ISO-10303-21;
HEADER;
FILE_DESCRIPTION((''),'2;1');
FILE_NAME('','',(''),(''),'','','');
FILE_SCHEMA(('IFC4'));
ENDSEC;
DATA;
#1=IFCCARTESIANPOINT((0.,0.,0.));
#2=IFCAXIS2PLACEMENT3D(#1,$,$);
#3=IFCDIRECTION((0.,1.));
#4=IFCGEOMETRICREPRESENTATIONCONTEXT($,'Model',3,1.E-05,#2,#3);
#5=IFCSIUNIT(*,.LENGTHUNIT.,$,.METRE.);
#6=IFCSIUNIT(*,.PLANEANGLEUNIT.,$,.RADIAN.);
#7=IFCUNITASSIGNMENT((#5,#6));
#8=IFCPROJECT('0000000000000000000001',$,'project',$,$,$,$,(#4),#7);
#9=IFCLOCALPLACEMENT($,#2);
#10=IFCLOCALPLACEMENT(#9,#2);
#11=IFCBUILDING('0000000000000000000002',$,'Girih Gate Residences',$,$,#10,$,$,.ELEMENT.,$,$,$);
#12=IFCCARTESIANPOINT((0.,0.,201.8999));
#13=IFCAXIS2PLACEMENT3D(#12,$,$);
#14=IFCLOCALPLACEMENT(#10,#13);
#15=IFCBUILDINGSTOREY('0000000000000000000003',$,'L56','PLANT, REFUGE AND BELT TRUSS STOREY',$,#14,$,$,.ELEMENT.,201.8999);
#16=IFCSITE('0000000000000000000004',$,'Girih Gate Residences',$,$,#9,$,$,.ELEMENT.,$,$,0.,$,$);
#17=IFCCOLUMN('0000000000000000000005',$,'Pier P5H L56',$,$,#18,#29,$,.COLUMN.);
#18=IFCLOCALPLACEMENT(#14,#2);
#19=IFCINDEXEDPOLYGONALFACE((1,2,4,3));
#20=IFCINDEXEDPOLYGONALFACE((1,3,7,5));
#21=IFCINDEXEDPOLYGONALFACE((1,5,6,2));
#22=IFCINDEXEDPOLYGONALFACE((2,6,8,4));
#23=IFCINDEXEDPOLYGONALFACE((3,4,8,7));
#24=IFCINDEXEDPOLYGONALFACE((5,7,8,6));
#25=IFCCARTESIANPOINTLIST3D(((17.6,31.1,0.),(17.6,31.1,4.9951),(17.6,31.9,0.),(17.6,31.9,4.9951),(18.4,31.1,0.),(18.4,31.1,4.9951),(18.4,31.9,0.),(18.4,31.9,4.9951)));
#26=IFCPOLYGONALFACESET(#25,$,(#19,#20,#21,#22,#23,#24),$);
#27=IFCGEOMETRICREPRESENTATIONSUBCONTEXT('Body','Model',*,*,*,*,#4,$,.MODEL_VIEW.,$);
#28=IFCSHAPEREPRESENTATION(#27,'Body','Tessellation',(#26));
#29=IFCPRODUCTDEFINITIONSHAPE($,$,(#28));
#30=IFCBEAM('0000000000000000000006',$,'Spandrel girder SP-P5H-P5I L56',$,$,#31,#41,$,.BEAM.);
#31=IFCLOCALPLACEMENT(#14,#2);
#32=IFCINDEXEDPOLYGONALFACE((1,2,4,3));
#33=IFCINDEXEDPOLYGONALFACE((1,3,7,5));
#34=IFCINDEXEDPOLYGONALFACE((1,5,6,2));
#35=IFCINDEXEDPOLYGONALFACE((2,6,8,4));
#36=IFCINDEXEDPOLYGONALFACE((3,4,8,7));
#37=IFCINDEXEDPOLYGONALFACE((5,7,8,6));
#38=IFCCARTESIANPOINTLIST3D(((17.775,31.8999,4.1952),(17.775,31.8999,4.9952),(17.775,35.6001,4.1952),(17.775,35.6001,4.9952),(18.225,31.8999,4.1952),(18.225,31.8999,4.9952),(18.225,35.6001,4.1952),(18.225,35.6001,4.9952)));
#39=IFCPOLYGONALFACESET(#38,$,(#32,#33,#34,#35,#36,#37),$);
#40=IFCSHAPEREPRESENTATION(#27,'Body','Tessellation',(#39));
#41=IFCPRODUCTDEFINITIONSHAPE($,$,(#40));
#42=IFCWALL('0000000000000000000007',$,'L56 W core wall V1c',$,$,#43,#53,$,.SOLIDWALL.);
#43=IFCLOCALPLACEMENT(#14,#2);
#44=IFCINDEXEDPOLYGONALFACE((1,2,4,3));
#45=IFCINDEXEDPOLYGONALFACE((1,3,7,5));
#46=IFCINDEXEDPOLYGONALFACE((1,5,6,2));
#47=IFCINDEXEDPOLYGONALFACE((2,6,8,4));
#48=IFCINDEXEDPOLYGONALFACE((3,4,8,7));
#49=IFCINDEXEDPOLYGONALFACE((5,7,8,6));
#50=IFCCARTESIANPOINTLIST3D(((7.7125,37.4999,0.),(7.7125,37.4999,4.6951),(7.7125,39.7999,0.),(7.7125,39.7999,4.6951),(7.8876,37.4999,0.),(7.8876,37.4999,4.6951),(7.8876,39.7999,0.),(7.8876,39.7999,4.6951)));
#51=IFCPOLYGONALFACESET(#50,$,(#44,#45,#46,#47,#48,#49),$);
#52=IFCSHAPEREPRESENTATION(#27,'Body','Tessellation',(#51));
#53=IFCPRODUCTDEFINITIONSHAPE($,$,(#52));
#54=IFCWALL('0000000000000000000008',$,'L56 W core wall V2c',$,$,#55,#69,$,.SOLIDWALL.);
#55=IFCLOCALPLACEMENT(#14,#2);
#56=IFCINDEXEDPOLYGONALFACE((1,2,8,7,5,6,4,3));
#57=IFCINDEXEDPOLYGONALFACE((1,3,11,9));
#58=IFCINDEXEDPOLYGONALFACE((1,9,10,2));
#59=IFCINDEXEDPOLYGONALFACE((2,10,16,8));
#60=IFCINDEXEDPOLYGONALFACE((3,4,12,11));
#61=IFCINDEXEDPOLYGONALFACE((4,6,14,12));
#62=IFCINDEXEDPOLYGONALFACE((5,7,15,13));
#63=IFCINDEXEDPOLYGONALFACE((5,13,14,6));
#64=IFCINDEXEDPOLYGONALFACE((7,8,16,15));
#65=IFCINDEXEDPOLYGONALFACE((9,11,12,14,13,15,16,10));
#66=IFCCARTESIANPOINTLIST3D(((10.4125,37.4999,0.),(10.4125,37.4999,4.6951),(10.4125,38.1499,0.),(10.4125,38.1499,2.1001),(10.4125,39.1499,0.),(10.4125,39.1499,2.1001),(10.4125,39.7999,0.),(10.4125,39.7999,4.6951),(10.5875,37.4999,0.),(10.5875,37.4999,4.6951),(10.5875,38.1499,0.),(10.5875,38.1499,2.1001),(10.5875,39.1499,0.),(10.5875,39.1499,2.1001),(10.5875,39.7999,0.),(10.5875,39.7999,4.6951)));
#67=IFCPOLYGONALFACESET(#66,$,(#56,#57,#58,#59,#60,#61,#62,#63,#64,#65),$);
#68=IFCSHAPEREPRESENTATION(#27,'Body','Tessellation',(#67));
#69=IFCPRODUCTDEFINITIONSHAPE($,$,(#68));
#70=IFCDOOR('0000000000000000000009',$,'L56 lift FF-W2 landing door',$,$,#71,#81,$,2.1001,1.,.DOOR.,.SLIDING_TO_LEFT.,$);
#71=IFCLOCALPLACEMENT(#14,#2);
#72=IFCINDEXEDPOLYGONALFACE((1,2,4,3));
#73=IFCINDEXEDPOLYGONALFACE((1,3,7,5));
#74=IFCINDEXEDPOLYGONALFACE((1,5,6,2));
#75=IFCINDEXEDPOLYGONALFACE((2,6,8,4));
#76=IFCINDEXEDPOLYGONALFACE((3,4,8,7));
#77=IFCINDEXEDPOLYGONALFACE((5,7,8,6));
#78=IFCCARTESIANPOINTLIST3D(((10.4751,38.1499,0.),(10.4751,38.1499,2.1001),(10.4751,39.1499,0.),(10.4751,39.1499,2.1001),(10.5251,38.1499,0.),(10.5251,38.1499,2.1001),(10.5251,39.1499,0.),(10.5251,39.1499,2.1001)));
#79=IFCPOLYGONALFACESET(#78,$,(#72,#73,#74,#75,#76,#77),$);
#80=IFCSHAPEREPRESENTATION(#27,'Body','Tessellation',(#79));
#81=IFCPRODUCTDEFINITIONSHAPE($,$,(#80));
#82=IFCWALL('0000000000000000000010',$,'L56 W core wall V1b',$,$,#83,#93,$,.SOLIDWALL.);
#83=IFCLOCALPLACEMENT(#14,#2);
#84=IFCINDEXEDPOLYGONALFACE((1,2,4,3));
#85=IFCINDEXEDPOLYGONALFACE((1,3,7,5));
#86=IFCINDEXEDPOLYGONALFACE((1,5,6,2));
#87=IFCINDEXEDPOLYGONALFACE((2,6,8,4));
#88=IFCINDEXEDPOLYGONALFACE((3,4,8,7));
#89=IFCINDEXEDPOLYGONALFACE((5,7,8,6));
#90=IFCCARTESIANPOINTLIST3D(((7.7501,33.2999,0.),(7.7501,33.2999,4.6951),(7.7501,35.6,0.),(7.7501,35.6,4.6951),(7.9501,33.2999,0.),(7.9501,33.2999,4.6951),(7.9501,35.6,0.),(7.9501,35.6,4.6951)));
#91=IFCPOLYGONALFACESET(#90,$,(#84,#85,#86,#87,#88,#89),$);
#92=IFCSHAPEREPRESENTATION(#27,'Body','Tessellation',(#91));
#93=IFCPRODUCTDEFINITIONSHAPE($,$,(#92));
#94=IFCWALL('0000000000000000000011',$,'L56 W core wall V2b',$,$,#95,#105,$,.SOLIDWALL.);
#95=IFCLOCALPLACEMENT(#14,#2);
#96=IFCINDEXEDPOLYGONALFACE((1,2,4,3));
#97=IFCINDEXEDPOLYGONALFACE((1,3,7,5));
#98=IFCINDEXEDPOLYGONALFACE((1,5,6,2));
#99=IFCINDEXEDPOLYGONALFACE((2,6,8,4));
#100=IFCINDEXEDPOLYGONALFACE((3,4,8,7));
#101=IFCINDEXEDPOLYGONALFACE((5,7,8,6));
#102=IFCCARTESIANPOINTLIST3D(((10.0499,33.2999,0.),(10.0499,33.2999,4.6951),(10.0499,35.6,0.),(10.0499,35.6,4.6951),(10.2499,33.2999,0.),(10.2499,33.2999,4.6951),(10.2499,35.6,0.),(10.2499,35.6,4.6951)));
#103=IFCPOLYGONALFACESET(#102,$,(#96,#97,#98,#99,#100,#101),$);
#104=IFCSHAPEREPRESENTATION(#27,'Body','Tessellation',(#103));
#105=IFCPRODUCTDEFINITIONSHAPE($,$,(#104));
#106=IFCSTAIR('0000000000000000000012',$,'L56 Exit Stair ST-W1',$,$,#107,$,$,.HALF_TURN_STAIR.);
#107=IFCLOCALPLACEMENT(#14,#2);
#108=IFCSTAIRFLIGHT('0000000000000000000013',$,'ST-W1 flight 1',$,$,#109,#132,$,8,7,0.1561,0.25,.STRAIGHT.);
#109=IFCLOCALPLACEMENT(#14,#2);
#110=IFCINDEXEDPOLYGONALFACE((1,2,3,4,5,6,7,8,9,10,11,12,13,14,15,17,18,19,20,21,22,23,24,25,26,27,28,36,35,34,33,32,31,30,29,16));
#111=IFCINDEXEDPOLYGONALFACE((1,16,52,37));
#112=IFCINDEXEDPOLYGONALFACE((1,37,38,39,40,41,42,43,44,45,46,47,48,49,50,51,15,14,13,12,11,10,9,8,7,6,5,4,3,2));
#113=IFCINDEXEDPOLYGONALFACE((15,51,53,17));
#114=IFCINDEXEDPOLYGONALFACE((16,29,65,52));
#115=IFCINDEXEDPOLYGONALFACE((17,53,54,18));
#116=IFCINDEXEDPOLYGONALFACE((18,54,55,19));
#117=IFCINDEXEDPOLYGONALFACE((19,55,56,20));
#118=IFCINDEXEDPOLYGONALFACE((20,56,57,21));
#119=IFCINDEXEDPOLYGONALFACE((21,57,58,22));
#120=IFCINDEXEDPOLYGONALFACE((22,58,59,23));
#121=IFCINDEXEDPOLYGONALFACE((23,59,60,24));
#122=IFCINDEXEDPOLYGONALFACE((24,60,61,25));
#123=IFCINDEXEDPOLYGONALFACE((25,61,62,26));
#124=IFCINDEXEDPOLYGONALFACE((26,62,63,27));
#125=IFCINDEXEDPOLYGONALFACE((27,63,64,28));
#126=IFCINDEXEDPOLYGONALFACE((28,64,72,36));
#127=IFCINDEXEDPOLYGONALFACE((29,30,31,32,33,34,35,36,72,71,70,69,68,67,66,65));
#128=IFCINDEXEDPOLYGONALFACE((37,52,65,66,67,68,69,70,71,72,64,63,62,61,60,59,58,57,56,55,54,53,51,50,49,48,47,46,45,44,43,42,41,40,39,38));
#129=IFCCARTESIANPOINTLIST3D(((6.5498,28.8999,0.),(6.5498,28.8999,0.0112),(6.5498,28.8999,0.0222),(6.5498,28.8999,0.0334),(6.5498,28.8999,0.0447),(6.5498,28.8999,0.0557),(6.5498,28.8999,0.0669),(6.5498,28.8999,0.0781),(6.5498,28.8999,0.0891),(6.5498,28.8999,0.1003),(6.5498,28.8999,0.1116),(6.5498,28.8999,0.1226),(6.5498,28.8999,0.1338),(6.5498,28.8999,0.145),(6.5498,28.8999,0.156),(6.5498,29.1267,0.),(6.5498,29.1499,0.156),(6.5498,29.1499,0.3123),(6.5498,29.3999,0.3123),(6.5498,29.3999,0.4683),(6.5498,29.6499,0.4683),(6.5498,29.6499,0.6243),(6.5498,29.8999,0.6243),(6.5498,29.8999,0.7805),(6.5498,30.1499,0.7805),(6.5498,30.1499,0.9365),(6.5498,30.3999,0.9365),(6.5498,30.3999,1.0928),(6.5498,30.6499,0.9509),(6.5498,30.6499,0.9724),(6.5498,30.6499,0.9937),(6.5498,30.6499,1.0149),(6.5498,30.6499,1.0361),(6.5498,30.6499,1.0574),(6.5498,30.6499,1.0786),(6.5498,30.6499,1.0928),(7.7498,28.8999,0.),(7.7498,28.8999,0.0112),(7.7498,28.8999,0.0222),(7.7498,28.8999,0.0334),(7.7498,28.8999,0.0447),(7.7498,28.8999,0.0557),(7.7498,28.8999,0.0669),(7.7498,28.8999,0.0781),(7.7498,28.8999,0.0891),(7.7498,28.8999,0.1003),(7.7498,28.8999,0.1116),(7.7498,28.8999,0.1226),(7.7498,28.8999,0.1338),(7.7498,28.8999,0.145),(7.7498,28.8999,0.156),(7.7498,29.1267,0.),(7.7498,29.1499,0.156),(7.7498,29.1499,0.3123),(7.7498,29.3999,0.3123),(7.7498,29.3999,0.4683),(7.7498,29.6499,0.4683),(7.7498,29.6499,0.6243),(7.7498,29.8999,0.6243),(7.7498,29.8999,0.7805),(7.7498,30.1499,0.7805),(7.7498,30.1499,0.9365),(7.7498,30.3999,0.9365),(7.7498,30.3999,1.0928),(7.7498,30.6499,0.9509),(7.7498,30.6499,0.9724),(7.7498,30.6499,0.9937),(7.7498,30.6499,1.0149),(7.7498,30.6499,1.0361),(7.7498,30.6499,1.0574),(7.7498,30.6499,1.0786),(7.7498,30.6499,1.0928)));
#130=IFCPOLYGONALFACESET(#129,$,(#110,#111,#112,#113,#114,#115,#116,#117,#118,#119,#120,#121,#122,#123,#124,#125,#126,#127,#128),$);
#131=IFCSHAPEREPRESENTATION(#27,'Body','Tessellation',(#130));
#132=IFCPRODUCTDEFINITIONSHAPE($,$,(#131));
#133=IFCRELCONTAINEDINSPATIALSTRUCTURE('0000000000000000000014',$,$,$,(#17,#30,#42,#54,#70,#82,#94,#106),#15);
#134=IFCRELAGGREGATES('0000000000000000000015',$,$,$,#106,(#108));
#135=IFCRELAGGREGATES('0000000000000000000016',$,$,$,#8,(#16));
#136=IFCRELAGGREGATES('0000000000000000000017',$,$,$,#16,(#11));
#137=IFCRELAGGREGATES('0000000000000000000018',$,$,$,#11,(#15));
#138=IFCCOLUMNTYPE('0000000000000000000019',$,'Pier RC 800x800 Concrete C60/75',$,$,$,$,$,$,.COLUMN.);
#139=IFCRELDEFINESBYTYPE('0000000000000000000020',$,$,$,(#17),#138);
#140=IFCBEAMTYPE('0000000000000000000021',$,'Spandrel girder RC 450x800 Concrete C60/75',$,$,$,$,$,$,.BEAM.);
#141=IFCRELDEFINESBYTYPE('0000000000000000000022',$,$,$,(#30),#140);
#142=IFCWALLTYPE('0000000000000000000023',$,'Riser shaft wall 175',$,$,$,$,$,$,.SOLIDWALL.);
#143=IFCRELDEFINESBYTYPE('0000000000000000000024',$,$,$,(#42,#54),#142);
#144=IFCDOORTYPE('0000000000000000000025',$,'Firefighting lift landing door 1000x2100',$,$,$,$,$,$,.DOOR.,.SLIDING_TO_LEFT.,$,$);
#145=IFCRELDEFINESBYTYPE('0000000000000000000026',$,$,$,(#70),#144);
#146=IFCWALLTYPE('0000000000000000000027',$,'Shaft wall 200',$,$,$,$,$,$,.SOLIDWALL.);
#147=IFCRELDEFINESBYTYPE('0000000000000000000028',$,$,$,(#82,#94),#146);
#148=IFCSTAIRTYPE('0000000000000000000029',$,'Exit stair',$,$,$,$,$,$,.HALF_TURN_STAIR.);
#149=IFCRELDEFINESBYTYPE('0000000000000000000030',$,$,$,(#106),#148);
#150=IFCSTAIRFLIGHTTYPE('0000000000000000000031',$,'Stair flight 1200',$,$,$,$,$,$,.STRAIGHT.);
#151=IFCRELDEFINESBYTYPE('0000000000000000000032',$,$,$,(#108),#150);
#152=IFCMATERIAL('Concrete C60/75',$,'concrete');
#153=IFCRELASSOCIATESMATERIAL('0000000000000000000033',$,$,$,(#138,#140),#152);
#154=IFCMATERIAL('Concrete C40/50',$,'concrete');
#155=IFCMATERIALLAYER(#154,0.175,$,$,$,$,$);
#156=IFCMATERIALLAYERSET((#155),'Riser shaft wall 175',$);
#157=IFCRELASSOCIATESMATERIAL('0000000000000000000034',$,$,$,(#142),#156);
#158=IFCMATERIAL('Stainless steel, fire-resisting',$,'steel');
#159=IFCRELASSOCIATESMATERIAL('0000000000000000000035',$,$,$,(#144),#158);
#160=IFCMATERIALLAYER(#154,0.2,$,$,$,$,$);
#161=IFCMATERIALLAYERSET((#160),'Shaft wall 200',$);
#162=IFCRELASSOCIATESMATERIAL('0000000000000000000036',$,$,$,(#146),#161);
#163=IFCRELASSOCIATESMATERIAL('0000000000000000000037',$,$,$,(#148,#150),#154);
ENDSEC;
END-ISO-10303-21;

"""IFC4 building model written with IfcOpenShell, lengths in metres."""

from ifc_helpers import new_model, si_unit, direction, frame, frame_2d, origin, origin_2d, place, context, subcontext, project, spatial, polyline, rectangle, outline, extrude, material, layer, layer_set, material_profile, profile_set, type_object, element, fill, aggregate, save


model = new_model("IFC4")

# Units and contexts
model_context = context("Model", 3, precision=1e-05, world=origin(), true_north=direction((0.0, 1.0)))
body_context = subcontext(model_context, "Body", "Model", "MODEL_VIEW")
ifc_project = project(units=[si_unit("LENGTHUNIT", "METRE"), si_unit("PLANEANGLEUNIT", "RADIAN")], contexts=[model_context])

# Site, building, storey
site_placement = place(None, origin())
site = spatial("IfcSite", under=ifc_project, at=site_placement, Name="Girih Gate Residences", CompositionType="ELEMENT", RefElevation=0.0)
building_placement = place(site_placement, origin())
building = spatial("IfcBuilding", under=site, at=building_placement, Name="Girih Gate Residences", CompositionType="ELEMENT")
storey_placement = place(building_placement, frame((0.0, 0.0, 201.8999)))
storey = spatial("IfcBuildingStorey", under=building, at=storey_placement, Name="L56", Description="PLANT, REFUGE AND BELT TRUSS STOREY", CompositionType="ELEMENT", Elevation=201.8999)

# Column
ifc_material_1 = material(Name="Concrete C60/75", Category="concrete")
ifc_material_profile_1 = material_profile(ifc_material_1, rectangle(XDim=0.8, YDim=0.8, at=origin_2d()))
ifc_profile_set_1 = profile_set([ifc_material_profile_1], Name="Concrete C60/75")
column_type = type_object("IfcColumnType", Name="Pier RC 800x800 Concrete C60/75", PredefinedType="COLUMN", material=ifc_profile_set_1)
column_placement = place(storey_placement, frame((18.0, 31.5, 0.0), z_axis=(0.0, 0.0, 1.0), x_axis=(1.0, 0.0, 0.0)))
element("IfcColumn", 1, at=column_placement, inside=storey, type_object=column_type, Name="Pier P5H L56", PredefinedType="COLUMN", context=body_context, shape_type="SweptSolid", body=[
    extrude(rectangle(XDim=0.8, YDim=0.8, at=origin_2d()), origin(), (0.0, 0.0, 1.0), 4.9951),
])

# Beam
ifc_material_profile_2 = material_profile(ifc_material_1, rectangle(XDim=0.45, YDim=0.8, at=origin_2d()))
ifc_profile_set_2 = profile_set([ifc_material_profile_2], Name="Concrete C60/75")
beam_type = type_object("IfcBeamType", Name="Spandrel girder RC 450x800 Concrete C60/75", PredefinedType="BEAM", material=ifc_profile_set_2)
beam_placement = place(storey_placement, frame((18.0, 31.8999, 4.5952), z_axis=(0.0, 1.0, 0.0), x_axis=(-1.0, 0.0, 0.0)))
element("IfcBeam", 2, at=beam_placement, inside=storey, type_object=beam_type, Name="Spandrel girder SP-P5H-P5I L56", PredefinedType="BEAM", context=body_context, shape_type="SweptSolid", body=[
    extrude(rectangle(XDim=0.45, YDim=0.8, at=origin_2d()), origin(), (0.0, 0.0, 1.0), 3.7002),
])

# Wall
ifc_material_2 = material(Name="Concrete C40/50", Category="concrete")
ifc_layer_1 = layer(ifc_material_2, 0.175)
ifc_layer_set_1 = layer_set([ifc_layer_1], Name="Riser shaft wall 175")
wall_type_1 = type_object("IfcWallType", Name="Riser shaft wall 175", PredefinedType="SOLIDWALL", material=ifc_layer_set_1)
wall_1_placement = place(storey_placement, frame((7.8, 37.5, 0.0), z_axis=(0.0, 0.0, 1.0), x_axis=(0.0, 1.0, 0.0)))
element("IfcWall", 3, at=wall_1_placement, inside=storey, type_object=wall_type_1, Name="L56 W core wall V1c", PredefinedType="SOLIDWALL", context=body_context, shape_type="SweptSolid", body=[
    extrude(rectangle(XDim=2.3, YDim=0.175, at=frame_2d((1.1499, 0.0))), origin(), (0.0, 0.0, 1.0), 4.6951),
])

# Wall, opening, door
wall_2_placement = place(storey_placement, frame((10.5, 37.5, 0.0), z_axis=(0.0, 0.0, 1.0), x_axis=(0.0, 1.0, 0.0)))
wall_2 = element("IfcWall", 4, at=wall_2_placement, inside=storey, type_object=wall_type_1, Name="L56 W core wall V2c", PredefinedType="SOLIDWALL", context=body_context, shape_type="SweptSolid", body=[
    extrude(rectangle(XDim=2.3, YDim=0.175, at=frame_2d((1.1499, 0.0))), origin(), (0.0, 0.0, 1.0), 4.6951),
])
opening_placement = place(wall_2_placement, frame((0.6499, 0.0, 0.0)))
opening = element("IfcOpeningElement", 5, at=opening_placement, cuts=wall_2, PredefinedType="OPENING", context=body_context, shape_type="SweptSolid", body=[
    extrude(rectangle(XDim=1.0, YDim=2.1001, at=frame_2d((0.5, 1.05))), frame((0.0, 0.0974, 0.0), z_axis=(0.0, -1.0, 0.0), x_axis=(1.0, 0.0, 0.0)), (0.0, 0.0, 1.0), 0.1951),
])
ifc_material_3 = material(Name="Stainless steel, fire-resisting", Category="steel")
door_type = type_object("IfcDoorType", Name="Firefighting lift landing door 1000x2100", OperationType="SLIDING_TO_LEFT", PredefinedType="DOOR", material=ifc_material_3)
door_placement = place(opening_placement, origin())
door = element("IfcDoor", 6, at=door_placement, inside=storey, type_object=door_type, Name="L56 lift FF-W2 landing door", OperationType="SLIDING_TO_LEFT", OverallHeight=2.1001, OverallWidth=1.0, PredefinedType="DOOR", context=body_context, shape_type="SweptSolid", body=[
    extrude(rectangle(XDim=1.0, YDim=2.1001, at=frame_2d((0.5, 1.05))), frame((0.0, 0.0249, 0.0), z_axis=(0.0, -1.0, 0.0), x_axis=(1.0, 0.0, 0.0)), (0.0, 0.0, 1.0), 0.05),
])
fill(opening, door)

# Walls
ifc_layer_2 = layer(ifc_material_2, 0.2)
ifc_layer_set_2 = layer_set([ifc_layer_2], Name="Shaft wall 200")
wall_type_2 = type_object("IfcWallType", Name="Shaft wall 200", PredefinedType="SOLIDWALL", material=ifc_layer_set_2)
for number, where, z_axis, x_axis, name in (
    (7, (7.8501, 33.3, 0.0), (0.0, 0.0, 1.0), (0.0, 1.0, 0.0), "L56 W core wall V1b"),
    (8, (10.1499, 33.3, 0.0), (0.0, 0.0, 1.0), (0.0, 1.0, 0.0), "L56 W core wall V2b"),
):
    element("IfcWall", number, at=place(storey_placement, frame(where, z_axis=z_axis, x_axis=x_axis)), inside=storey, type_object=wall_type_2, Name=name, PredefinedType="SOLIDWALL", context=body_context, shape_type="SweptSolid", body=[
        extrude(rectangle(XDim=2.3, YDim=0.2, at=frame_2d((1.1499, 0.0))), origin(), (0.0, 0.0, 1.0), 4.6951),
    ])

# Stair, stair flight
stair_type = type_object("IfcStairType", Name="Exit stair", PredefinedType="HALF_TURN_STAIR", material=ifc_material_2)
stair_1_placement = place(storey_placement, origin())
stair_1 = element("IfcStair", 9, at=stair_1_placement, inside=storey, type_object=stair_type, Name="L56 Exit Stair ST-W1", PredefinedType="HALF_TURN_STAIR")
stair_flight_type = type_object("IfcStairFlightType", Name="Stair flight 1200", PredefinedType="STRAIGHT", material=ifc_material_2)
stair_flight_1_placement = place(storey_placement, frame((7.1499, 28.8999, 0.0), z_axis=(0.0, 0.0, 1.0), x_axis=(0.0, 1.0, 0.0)))
stair_flight_1 = element("IfcStairFlight", 10, at=stair_flight_1_placement, type_object=stair_flight_type, Name="ST-W1 flight 1", NumberOfRisers=8, NumberOfTreads=7, PredefinedType="STRAIGHT", RiserHeight=0.1561, TreadLength=0.25, context=body_context, shape_type="SweptSolid", body=[
    extrude(outline(polyline([(0.0, 0.0), (0.0, 0.0112), (0.0, 0.0222), (0.0, 0.0334), (0.0, 0.0447), (0.0, 0.0557), (0.0, 0.0669), (0.0, 0.0781), (0.0, 0.0891), (0.0, 0.1003), (0.0, 0.1116), (0.0, 0.1226), (0.0, 0.1338), (0.0, 0.145), (0.0, 0.156), (0.25, 0.156), (0.25, 0.3123), (0.5, 0.3123), (0.5, 0.4683), (0.75, 0.4683), (0.75, 0.6243), (1.0, 0.6243), (1.0, 0.7805), (1.25, 0.7805), (1.25, 0.9365), (1.5, 0.9365), (1.5, 1.0928), (1.75, 1.0928), (1.75, 1.1038), (1.75, 1.115), (1.75, 1.1262), (1.75, 1.1372), (1.75, 1.1484), (1.75, 1.1597), (1.75, 1.1707), (1.75, 1.1819), (1.75, 1.1931), (1.75, 1.2041), (1.75, 1.2153), (1.75, 1.2266), (1.75, 1.2375), (1.75, 1.2488), (1.75, 1.2275), (1.75, 1.2063), (1.75, 1.1851), (1.75, 1.1636), (1.75, 1.1423), (1.75, 1.1211), (1.75, 1.0999), (1.75, 1.0786), (1.75, 1.0574), (1.75, 1.0361), (1.75, 1.0149), (1.75, 0.9937), (1.75, 0.9724), (1.75, 0.9509), (0.2268, 0.0), (0.0, 0.0)])), frame((0.0, 0.6001, 0.0), z_axis=(0.0, -1.0, 0.0), x_axis=(1.0, 0.0, 0.0)), (0.0, 0.0, 1.0), 1.2),
])
aggregate(stair_1, [stair_flight_1])

save(model, "model.ifc")
